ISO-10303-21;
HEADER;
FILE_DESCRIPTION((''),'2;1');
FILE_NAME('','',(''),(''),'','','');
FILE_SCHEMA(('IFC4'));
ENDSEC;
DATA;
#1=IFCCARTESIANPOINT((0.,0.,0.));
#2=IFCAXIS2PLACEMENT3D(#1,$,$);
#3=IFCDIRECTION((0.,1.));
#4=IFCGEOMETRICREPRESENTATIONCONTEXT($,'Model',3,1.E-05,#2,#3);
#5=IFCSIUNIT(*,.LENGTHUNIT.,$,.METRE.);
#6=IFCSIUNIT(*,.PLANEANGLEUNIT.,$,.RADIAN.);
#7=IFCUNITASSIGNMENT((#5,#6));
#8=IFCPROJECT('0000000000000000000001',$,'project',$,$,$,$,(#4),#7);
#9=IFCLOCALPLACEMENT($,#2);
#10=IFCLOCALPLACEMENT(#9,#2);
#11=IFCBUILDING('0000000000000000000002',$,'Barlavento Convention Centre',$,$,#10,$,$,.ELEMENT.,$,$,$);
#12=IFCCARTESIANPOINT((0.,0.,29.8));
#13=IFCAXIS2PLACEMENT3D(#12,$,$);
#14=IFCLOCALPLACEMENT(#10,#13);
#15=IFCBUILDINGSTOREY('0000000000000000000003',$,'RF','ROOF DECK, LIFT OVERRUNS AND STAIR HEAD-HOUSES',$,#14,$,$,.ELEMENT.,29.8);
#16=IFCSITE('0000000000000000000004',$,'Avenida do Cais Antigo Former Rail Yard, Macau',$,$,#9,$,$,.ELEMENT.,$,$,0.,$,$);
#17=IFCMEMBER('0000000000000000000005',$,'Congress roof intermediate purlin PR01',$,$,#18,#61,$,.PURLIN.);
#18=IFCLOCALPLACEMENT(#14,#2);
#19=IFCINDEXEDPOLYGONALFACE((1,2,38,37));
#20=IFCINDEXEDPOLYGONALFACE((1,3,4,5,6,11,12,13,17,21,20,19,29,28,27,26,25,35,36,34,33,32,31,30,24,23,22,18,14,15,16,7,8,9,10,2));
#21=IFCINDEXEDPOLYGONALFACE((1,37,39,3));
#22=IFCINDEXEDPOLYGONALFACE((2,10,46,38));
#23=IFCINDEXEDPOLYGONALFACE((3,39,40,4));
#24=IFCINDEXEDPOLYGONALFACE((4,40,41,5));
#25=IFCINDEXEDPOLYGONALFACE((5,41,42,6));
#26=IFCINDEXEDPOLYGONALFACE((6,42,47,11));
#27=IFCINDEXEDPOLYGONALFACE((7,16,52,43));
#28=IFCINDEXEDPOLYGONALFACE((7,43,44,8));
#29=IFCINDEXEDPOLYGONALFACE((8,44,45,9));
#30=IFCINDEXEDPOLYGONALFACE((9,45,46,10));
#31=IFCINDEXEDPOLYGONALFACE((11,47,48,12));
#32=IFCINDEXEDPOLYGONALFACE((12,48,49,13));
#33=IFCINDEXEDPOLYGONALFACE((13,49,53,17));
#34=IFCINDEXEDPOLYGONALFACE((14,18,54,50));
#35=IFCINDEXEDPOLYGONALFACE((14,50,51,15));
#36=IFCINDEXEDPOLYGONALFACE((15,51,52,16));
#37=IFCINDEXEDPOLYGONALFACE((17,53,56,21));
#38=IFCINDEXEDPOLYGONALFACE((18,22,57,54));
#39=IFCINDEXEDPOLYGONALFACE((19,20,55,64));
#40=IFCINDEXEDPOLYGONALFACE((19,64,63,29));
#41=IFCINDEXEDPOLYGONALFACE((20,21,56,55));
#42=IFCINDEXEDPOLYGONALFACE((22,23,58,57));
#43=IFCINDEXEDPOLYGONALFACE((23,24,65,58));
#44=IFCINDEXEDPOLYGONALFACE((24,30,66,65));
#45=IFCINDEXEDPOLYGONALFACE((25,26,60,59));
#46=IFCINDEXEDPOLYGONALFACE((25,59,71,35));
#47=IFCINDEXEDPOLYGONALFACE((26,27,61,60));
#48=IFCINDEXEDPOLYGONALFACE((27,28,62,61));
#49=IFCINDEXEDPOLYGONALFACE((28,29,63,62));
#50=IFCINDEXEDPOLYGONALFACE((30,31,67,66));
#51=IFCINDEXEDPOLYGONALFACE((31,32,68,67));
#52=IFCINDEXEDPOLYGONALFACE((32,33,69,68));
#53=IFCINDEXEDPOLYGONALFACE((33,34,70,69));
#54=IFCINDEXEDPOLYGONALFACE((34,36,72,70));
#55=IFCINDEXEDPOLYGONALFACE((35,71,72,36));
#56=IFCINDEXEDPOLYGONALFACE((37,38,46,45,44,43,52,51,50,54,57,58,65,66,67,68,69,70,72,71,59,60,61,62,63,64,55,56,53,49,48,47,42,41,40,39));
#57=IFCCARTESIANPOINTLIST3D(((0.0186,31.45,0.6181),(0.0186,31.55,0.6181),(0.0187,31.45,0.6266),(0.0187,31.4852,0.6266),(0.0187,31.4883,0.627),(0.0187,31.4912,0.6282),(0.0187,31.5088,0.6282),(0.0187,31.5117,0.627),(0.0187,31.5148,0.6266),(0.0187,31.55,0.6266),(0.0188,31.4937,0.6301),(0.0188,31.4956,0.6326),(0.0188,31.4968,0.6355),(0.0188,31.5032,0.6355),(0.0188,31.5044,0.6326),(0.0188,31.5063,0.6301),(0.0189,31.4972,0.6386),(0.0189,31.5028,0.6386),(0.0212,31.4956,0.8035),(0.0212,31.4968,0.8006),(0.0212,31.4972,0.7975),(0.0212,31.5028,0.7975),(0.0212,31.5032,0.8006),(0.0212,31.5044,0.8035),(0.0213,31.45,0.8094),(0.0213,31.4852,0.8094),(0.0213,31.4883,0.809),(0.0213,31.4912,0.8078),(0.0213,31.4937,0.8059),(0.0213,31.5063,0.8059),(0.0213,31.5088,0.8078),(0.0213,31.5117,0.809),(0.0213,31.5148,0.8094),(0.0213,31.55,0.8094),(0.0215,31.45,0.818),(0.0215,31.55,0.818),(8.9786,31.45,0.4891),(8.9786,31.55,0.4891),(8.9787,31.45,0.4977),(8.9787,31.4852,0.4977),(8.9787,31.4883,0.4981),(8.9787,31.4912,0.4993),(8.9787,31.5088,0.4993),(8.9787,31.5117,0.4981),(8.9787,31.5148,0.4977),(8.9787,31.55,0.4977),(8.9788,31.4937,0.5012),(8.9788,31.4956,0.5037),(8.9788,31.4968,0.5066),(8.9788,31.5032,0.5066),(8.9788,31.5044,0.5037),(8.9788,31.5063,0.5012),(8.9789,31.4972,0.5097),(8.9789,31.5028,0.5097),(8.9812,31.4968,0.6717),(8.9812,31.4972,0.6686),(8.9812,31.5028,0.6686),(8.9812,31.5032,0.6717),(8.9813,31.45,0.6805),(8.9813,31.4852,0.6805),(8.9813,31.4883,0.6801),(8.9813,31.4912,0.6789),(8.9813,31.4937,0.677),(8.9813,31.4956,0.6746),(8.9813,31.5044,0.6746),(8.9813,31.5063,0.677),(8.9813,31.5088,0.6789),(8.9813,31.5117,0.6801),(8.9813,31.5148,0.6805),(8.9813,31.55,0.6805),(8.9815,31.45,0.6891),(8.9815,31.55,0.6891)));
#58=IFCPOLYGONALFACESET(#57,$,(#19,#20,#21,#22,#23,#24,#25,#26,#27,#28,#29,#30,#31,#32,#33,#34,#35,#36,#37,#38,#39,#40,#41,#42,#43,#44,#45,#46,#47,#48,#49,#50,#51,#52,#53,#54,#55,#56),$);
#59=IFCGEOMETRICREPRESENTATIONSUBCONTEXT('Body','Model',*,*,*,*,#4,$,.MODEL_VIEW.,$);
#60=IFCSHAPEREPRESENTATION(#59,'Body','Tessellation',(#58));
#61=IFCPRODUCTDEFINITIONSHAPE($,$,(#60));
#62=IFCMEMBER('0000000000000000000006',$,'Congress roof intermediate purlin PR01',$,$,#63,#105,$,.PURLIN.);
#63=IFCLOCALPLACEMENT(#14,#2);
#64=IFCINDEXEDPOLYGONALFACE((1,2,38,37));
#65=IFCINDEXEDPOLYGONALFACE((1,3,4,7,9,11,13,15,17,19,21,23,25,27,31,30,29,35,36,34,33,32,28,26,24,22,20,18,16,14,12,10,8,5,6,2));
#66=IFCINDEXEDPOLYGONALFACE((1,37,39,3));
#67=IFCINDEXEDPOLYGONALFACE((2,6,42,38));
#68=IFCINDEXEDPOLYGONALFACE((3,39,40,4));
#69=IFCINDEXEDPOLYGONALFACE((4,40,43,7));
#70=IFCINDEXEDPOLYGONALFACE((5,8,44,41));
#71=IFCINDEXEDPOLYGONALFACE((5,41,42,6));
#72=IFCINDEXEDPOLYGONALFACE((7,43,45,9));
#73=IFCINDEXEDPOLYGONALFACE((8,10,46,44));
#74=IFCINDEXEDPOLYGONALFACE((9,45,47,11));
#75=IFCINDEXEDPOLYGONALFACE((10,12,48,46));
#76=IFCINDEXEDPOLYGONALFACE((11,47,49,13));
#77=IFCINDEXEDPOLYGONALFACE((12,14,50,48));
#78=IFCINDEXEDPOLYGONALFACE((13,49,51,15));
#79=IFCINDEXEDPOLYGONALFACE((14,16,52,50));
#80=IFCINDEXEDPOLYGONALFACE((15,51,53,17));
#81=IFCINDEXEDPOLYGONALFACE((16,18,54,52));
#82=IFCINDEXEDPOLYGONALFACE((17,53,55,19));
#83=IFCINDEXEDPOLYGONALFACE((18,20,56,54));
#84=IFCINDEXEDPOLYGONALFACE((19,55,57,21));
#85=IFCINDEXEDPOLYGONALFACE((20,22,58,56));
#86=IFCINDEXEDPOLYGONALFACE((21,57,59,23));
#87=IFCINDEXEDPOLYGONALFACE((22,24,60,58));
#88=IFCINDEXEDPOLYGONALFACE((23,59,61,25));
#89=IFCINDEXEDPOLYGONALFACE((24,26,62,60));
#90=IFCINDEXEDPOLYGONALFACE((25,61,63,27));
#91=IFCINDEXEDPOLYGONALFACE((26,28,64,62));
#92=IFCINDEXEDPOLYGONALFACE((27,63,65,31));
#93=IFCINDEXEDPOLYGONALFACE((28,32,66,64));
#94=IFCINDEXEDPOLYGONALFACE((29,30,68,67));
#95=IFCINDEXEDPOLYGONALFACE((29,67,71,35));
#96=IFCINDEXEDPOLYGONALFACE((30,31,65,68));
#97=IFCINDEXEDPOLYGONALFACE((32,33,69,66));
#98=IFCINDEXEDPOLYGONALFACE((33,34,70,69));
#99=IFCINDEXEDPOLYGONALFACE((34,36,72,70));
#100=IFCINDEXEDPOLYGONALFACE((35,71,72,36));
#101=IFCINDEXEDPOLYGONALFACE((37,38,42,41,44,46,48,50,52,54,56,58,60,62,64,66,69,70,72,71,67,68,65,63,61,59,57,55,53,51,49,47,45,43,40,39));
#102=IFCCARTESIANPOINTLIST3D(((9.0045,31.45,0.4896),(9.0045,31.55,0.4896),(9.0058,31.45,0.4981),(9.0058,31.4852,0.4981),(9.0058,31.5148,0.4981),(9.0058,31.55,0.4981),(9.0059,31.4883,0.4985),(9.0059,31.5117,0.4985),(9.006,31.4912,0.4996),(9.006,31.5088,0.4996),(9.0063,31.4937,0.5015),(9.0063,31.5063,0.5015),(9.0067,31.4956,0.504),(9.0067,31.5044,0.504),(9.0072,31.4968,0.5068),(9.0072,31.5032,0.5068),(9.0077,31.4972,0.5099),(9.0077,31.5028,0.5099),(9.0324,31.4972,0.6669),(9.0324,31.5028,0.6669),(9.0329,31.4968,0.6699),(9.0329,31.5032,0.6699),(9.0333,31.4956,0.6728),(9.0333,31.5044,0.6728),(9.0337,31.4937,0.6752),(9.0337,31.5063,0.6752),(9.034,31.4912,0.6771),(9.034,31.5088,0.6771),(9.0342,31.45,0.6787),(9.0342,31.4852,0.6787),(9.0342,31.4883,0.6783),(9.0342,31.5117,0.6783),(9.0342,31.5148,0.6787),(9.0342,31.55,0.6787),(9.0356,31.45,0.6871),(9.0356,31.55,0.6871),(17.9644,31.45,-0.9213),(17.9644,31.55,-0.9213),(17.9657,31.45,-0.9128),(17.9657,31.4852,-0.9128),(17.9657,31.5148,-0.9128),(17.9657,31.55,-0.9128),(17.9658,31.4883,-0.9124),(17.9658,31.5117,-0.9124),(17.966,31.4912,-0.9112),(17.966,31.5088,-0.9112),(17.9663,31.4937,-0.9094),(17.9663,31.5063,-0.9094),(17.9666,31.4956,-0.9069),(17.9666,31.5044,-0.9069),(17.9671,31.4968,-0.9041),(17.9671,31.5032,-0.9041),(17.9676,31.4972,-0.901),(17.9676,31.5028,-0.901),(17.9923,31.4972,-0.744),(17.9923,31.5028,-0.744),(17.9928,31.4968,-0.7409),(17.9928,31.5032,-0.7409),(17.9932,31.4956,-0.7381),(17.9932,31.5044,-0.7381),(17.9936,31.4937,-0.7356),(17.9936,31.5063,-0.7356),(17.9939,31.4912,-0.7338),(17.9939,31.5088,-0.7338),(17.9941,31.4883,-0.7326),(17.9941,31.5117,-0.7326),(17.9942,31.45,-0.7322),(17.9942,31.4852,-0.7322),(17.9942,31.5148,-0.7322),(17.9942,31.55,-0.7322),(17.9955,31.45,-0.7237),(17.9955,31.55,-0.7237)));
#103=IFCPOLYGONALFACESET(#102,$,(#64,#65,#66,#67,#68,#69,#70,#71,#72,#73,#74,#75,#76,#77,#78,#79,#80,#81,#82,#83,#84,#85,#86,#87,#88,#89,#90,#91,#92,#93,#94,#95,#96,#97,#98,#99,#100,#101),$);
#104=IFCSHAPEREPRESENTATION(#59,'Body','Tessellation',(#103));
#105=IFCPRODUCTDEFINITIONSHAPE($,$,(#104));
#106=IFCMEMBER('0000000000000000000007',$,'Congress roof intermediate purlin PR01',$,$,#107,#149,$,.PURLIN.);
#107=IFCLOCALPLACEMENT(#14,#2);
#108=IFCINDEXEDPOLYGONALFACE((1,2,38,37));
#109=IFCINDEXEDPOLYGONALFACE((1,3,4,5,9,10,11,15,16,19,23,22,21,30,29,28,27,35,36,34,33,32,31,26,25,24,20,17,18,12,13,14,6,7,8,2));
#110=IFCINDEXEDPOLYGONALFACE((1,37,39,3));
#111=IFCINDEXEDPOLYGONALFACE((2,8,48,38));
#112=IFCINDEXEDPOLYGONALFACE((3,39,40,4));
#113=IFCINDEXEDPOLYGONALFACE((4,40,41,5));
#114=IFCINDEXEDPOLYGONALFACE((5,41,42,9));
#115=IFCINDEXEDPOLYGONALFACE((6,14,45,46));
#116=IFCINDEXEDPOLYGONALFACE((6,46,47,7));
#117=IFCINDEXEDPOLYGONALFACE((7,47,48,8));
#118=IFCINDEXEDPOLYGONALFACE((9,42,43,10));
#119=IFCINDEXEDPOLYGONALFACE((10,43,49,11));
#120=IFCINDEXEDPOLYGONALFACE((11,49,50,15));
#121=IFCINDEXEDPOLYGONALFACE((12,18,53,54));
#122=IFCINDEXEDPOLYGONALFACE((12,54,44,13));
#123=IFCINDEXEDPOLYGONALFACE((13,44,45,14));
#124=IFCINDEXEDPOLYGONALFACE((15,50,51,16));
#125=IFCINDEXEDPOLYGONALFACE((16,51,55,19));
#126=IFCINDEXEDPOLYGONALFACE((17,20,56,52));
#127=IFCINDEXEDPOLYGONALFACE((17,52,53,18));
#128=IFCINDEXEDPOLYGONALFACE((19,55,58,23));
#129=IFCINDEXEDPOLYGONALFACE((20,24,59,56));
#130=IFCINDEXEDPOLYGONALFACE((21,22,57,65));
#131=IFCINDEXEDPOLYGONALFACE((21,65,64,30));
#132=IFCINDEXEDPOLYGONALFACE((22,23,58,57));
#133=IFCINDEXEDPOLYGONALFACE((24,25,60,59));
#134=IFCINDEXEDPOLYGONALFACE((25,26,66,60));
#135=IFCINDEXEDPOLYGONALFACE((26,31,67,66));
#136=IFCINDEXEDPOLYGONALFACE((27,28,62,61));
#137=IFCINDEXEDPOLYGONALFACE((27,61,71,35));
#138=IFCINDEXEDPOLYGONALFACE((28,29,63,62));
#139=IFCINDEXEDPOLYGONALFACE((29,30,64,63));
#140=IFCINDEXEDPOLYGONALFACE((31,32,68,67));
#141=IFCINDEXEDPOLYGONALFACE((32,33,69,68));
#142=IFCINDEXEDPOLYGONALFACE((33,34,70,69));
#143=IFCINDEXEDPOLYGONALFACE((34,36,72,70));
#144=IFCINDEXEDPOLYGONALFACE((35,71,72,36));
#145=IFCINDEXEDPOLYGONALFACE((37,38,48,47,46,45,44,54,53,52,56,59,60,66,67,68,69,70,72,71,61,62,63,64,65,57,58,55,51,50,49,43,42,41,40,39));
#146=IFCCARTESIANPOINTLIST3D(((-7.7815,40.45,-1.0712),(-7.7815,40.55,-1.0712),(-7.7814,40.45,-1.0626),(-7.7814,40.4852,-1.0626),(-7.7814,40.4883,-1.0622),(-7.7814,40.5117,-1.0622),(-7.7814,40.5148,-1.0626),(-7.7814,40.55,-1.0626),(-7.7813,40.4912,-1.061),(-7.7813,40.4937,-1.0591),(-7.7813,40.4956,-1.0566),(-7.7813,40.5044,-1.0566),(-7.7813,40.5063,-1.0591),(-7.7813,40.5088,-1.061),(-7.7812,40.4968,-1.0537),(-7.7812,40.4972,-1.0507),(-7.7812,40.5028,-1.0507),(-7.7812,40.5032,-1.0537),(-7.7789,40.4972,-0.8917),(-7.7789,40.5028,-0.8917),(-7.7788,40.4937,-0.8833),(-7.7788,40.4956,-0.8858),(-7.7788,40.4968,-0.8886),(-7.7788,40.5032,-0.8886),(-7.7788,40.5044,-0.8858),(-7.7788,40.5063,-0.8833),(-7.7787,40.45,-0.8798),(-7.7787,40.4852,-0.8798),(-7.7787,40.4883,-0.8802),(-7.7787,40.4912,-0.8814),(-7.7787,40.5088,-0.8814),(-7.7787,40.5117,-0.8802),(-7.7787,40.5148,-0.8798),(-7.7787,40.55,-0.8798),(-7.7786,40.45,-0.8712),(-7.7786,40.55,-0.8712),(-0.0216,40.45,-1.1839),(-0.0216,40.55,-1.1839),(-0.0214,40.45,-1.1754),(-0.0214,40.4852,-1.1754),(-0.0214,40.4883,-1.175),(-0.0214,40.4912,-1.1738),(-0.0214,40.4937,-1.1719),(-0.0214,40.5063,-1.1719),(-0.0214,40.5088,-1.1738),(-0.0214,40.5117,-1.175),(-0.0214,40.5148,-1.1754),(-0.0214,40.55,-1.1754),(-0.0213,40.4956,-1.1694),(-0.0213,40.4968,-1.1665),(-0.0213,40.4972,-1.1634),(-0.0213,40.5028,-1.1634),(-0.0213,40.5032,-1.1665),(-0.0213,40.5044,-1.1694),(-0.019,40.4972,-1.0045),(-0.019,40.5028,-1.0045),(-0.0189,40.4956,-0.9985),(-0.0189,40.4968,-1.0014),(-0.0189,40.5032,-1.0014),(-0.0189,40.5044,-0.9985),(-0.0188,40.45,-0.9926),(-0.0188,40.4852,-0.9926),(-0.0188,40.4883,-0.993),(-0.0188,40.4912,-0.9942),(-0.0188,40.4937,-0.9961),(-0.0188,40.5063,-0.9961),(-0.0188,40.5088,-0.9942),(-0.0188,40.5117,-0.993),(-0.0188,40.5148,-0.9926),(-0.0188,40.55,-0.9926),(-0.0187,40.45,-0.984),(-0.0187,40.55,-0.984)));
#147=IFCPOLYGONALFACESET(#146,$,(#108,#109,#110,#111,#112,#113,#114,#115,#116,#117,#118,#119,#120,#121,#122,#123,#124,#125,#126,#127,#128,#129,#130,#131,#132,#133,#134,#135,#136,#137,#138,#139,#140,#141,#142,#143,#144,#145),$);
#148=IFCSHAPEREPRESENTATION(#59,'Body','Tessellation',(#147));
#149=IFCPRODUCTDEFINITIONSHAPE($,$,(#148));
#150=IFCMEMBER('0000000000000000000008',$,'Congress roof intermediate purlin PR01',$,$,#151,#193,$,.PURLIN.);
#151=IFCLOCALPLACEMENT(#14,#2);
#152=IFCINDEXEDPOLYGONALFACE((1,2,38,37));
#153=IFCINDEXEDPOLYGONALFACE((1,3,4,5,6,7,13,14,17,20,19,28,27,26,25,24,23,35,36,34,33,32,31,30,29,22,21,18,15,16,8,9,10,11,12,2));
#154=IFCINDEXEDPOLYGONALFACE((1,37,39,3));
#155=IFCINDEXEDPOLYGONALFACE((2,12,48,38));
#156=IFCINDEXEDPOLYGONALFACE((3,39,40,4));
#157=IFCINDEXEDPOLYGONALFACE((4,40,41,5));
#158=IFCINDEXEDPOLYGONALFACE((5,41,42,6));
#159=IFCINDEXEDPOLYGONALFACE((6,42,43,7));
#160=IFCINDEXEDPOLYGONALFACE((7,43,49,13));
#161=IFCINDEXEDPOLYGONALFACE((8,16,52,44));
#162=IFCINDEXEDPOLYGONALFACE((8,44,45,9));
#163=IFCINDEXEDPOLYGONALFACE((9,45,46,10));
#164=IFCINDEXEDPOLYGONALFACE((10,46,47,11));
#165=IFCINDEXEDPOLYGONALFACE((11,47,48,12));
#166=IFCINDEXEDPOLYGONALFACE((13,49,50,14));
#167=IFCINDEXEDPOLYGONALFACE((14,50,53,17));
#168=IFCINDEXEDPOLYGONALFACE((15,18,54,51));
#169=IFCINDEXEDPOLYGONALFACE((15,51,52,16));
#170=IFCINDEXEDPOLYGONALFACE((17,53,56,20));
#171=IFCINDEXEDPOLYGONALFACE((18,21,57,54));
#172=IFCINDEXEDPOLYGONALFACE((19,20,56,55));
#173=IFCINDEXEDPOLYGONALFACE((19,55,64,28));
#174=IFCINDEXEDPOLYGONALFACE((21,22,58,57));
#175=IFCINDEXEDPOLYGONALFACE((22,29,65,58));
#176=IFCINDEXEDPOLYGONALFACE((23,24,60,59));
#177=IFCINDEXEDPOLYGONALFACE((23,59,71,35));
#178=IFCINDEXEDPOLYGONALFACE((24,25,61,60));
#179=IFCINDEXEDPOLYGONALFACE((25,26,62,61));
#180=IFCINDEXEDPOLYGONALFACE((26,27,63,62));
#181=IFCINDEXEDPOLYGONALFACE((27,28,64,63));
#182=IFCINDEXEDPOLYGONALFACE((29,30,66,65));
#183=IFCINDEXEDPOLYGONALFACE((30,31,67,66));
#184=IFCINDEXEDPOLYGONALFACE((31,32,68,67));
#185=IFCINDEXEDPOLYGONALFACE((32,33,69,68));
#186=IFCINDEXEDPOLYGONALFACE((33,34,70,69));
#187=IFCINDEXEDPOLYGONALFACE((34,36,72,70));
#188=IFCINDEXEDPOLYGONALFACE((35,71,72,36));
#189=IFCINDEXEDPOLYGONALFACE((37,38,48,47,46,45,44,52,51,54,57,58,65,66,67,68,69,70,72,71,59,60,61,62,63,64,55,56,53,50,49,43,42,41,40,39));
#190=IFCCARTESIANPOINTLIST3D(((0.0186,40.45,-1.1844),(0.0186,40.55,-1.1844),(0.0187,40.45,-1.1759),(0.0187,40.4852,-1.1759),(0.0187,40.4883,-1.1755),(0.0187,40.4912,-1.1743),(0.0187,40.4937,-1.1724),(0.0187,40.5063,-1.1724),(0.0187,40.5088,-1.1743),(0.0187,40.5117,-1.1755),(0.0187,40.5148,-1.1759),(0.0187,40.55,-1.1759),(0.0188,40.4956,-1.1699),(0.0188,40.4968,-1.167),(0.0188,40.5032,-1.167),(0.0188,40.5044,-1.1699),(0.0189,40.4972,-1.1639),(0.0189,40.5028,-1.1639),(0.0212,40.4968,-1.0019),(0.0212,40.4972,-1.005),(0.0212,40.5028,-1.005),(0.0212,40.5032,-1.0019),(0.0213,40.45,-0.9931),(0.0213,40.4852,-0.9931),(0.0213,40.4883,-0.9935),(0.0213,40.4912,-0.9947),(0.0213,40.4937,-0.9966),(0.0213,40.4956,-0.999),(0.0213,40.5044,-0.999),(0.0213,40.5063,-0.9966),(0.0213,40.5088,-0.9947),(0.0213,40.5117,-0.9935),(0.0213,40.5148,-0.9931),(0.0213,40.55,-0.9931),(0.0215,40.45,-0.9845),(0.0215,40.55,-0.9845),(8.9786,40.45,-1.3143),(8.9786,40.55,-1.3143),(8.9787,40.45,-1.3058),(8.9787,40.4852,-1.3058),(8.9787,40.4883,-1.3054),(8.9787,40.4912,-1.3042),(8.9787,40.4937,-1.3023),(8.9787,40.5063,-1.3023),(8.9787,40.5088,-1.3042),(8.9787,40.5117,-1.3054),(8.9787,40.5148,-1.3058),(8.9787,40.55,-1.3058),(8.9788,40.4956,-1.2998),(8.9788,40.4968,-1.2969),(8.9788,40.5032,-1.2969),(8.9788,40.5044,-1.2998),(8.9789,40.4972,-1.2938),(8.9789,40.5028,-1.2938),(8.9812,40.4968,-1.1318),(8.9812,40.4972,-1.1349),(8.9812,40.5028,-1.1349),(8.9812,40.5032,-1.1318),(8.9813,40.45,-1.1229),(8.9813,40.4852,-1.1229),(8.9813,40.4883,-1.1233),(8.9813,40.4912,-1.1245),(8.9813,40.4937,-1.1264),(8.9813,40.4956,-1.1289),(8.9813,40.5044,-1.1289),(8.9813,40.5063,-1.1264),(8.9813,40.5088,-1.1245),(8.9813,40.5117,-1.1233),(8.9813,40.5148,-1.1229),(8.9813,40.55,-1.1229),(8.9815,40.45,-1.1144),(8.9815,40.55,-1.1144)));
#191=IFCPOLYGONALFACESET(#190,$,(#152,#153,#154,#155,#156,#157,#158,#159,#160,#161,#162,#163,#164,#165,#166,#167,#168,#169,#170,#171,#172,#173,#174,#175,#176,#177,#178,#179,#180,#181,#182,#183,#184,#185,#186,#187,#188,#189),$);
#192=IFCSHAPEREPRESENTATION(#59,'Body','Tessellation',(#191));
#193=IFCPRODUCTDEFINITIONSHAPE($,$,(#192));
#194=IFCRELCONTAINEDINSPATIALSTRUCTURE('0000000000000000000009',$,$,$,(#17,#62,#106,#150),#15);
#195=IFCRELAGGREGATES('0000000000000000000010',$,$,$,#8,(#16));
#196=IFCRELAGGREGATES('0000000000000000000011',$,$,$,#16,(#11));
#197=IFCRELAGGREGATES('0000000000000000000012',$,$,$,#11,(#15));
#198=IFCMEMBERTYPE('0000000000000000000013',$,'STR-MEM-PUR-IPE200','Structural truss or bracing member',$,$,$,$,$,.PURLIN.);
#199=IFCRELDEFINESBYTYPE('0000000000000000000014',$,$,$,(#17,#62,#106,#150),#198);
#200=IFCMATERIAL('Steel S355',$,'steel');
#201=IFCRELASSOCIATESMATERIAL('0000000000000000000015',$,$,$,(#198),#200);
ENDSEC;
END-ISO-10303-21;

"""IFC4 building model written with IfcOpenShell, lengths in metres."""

from ifc_helpers import new_model, si_unit, direction, frame, origin, origin_2d, place, context, subcontext, project, spatial, i_section, extrude, material, material_profile, profile_set, type_object, element, save


model = new_model("IFC4")

# Units and contexts
model_context = context("Model", 3, precision=1e-05, world=origin(), true_north=direction((0.0, 1.0)))
body_context = subcontext(model_context, "Body", "Model", "MODEL_VIEW")
ifc_project = project(units=[si_unit("LENGTHUNIT", "METRE"), si_unit("PLANEANGLEUNIT", "RADIAN")], contexts=[model_context])

# Site, building, storey
site_placement = place(None, origin())
site = spatial("IfcSite", under=ifc_project, at=site_placement, Name="Avenida do Cais Antigo Former Rail Yard, Macau", CompositionType="ELEMENT", RefElevation=0.0)
building_placement = place(site_placement, origin())
building = spatial("IfcBuilding", under=site, at=building_placement, Name="Barlavento Convention Centre", CompositionType="ELEMENT")
storey_placement = place(building_placement, frame((0.0, 0.0, 29.8)))
storey = spatial("IfcBuildingStorey", under=building, at=storey_placement, Name="RF", Description="ROOF DECK, LIFT OVERRUNS AND STAIR HEAD-HOUSES", CompositionType="ELEMENT", Elevation=29.8)

# Shared definitions
ifc_material_1 = material(Name="Steel S355", Category="steel")

# Members
ifc_material_profile_1 = material_profile(ifc_material_1, i_section(OverallWidth=0.1001, OverallDepth=0.2, WebThickness=0.0056, FlangeThickness=0.0085, FilletRadius=0.012, at=origin_2d()), Name="IPE 200")
ifc_profile_set_1 = profile_set([ifc_material_profile_1], Name="Steel S355")
member_type_1 = type_object("IfcMemberType", Name="STR-MEM-PUR-IPE200", Description="Structural truss or bracing member", PredefinedType="PURLIN", material=ifc_profile_set_1)
member_1_placement = place(storey_placement, frame((0.02, 31.5, 0.718), z_axis=(0.999897, 0.0, -0.014385), x_axis=(0.0, 1.0, 0.0)))
element("IfcMember", 1, at=member_1_placement, inside=storey, type_object=member_type_1, Name="Congress roof intermediate purlin PR01", PredefinedType="PURLIN", context=body_context, shape_type="SweptSolid", body=[
    extrude(i_section(OverallWidth=0.1001, OverallDepth=0.2, WebThickness=0.0056, FlangeThickness=0.0085, FilletRadius=0.012, at=origin_2d()), origin(), (0.0, 0.0, 1.0), 8.9609),
])
member_2_placement = place(storey_placement, frame((9.02, 31.5, 0.5884), z_axis=(0.987828, 0.0, -0.155549), x_axis=(0.0, 1.0, 0.0)))
element("IfcMember", 2, at=member_2_placement, inside=storey, type_object=member_type_1, Name="Congress roof intermediate purlin PR01", PredefinedType="PURLIN", context=body_context, shape_type="SweptSolid", body=[
    extrude(i_section(OverallWidth=0.1001, OverallDepth=0.2, WebThickness=0.0056, FlangeThickness=0.0085, FilletRadius=0.012, at=origin_2d()), origin(), (0.0, 0.0, 1.0), 9.0703),
])
member_3_placement = place(storey_placement, frame((-7.78, 40.5, -0.9712), z_axis=(0.999894, 0.0, -0.014534), x_axis=(0.0, 1.0, 0.0)))
element("IfcMember", 3, at=member_3_placement, inside=storey, type_object=member_type_1, Name="Congress roof intermediate purlin PR01", PredefinedType="PURLIN", context=body_context, shape_type="SweptSolid", body=[
    extrude(i_section(OverallWidth=0.1001, OverallDepth=0.2, WebThickness=0.0056, FlangeThickness=0.0085, FilletRadius=0.012, at=origin_2d()), origin(), (0.0, 0.0, 1.0), 7.7607),
])
member_4_placement = place(storey_placement, frame((0.02, 40.5, -1.0845), z_axis=(0.999895, 0.0, -0.014494), x_axis=(0.0, 1.0, 0.0)))
element("IfcMember", 4, at=member_4_placement, inside=storey, type_object=member_type_1, Name="Congress roof intermediate purlin PR01", PredefinedType="PURLIN", context=body_context, shape_type="SweptSolid", body=[
    extrude(i_section(OverallWidth=0.1001, OverallDepth=0.2, WebThickness=0.0056, FlangeThickness=0.0085, FilletRadius=0.012, at=origin_2d()), origin(), (0.0, 0.0, 1.0), 8.9609),
])

save(model, "model.ifc")
